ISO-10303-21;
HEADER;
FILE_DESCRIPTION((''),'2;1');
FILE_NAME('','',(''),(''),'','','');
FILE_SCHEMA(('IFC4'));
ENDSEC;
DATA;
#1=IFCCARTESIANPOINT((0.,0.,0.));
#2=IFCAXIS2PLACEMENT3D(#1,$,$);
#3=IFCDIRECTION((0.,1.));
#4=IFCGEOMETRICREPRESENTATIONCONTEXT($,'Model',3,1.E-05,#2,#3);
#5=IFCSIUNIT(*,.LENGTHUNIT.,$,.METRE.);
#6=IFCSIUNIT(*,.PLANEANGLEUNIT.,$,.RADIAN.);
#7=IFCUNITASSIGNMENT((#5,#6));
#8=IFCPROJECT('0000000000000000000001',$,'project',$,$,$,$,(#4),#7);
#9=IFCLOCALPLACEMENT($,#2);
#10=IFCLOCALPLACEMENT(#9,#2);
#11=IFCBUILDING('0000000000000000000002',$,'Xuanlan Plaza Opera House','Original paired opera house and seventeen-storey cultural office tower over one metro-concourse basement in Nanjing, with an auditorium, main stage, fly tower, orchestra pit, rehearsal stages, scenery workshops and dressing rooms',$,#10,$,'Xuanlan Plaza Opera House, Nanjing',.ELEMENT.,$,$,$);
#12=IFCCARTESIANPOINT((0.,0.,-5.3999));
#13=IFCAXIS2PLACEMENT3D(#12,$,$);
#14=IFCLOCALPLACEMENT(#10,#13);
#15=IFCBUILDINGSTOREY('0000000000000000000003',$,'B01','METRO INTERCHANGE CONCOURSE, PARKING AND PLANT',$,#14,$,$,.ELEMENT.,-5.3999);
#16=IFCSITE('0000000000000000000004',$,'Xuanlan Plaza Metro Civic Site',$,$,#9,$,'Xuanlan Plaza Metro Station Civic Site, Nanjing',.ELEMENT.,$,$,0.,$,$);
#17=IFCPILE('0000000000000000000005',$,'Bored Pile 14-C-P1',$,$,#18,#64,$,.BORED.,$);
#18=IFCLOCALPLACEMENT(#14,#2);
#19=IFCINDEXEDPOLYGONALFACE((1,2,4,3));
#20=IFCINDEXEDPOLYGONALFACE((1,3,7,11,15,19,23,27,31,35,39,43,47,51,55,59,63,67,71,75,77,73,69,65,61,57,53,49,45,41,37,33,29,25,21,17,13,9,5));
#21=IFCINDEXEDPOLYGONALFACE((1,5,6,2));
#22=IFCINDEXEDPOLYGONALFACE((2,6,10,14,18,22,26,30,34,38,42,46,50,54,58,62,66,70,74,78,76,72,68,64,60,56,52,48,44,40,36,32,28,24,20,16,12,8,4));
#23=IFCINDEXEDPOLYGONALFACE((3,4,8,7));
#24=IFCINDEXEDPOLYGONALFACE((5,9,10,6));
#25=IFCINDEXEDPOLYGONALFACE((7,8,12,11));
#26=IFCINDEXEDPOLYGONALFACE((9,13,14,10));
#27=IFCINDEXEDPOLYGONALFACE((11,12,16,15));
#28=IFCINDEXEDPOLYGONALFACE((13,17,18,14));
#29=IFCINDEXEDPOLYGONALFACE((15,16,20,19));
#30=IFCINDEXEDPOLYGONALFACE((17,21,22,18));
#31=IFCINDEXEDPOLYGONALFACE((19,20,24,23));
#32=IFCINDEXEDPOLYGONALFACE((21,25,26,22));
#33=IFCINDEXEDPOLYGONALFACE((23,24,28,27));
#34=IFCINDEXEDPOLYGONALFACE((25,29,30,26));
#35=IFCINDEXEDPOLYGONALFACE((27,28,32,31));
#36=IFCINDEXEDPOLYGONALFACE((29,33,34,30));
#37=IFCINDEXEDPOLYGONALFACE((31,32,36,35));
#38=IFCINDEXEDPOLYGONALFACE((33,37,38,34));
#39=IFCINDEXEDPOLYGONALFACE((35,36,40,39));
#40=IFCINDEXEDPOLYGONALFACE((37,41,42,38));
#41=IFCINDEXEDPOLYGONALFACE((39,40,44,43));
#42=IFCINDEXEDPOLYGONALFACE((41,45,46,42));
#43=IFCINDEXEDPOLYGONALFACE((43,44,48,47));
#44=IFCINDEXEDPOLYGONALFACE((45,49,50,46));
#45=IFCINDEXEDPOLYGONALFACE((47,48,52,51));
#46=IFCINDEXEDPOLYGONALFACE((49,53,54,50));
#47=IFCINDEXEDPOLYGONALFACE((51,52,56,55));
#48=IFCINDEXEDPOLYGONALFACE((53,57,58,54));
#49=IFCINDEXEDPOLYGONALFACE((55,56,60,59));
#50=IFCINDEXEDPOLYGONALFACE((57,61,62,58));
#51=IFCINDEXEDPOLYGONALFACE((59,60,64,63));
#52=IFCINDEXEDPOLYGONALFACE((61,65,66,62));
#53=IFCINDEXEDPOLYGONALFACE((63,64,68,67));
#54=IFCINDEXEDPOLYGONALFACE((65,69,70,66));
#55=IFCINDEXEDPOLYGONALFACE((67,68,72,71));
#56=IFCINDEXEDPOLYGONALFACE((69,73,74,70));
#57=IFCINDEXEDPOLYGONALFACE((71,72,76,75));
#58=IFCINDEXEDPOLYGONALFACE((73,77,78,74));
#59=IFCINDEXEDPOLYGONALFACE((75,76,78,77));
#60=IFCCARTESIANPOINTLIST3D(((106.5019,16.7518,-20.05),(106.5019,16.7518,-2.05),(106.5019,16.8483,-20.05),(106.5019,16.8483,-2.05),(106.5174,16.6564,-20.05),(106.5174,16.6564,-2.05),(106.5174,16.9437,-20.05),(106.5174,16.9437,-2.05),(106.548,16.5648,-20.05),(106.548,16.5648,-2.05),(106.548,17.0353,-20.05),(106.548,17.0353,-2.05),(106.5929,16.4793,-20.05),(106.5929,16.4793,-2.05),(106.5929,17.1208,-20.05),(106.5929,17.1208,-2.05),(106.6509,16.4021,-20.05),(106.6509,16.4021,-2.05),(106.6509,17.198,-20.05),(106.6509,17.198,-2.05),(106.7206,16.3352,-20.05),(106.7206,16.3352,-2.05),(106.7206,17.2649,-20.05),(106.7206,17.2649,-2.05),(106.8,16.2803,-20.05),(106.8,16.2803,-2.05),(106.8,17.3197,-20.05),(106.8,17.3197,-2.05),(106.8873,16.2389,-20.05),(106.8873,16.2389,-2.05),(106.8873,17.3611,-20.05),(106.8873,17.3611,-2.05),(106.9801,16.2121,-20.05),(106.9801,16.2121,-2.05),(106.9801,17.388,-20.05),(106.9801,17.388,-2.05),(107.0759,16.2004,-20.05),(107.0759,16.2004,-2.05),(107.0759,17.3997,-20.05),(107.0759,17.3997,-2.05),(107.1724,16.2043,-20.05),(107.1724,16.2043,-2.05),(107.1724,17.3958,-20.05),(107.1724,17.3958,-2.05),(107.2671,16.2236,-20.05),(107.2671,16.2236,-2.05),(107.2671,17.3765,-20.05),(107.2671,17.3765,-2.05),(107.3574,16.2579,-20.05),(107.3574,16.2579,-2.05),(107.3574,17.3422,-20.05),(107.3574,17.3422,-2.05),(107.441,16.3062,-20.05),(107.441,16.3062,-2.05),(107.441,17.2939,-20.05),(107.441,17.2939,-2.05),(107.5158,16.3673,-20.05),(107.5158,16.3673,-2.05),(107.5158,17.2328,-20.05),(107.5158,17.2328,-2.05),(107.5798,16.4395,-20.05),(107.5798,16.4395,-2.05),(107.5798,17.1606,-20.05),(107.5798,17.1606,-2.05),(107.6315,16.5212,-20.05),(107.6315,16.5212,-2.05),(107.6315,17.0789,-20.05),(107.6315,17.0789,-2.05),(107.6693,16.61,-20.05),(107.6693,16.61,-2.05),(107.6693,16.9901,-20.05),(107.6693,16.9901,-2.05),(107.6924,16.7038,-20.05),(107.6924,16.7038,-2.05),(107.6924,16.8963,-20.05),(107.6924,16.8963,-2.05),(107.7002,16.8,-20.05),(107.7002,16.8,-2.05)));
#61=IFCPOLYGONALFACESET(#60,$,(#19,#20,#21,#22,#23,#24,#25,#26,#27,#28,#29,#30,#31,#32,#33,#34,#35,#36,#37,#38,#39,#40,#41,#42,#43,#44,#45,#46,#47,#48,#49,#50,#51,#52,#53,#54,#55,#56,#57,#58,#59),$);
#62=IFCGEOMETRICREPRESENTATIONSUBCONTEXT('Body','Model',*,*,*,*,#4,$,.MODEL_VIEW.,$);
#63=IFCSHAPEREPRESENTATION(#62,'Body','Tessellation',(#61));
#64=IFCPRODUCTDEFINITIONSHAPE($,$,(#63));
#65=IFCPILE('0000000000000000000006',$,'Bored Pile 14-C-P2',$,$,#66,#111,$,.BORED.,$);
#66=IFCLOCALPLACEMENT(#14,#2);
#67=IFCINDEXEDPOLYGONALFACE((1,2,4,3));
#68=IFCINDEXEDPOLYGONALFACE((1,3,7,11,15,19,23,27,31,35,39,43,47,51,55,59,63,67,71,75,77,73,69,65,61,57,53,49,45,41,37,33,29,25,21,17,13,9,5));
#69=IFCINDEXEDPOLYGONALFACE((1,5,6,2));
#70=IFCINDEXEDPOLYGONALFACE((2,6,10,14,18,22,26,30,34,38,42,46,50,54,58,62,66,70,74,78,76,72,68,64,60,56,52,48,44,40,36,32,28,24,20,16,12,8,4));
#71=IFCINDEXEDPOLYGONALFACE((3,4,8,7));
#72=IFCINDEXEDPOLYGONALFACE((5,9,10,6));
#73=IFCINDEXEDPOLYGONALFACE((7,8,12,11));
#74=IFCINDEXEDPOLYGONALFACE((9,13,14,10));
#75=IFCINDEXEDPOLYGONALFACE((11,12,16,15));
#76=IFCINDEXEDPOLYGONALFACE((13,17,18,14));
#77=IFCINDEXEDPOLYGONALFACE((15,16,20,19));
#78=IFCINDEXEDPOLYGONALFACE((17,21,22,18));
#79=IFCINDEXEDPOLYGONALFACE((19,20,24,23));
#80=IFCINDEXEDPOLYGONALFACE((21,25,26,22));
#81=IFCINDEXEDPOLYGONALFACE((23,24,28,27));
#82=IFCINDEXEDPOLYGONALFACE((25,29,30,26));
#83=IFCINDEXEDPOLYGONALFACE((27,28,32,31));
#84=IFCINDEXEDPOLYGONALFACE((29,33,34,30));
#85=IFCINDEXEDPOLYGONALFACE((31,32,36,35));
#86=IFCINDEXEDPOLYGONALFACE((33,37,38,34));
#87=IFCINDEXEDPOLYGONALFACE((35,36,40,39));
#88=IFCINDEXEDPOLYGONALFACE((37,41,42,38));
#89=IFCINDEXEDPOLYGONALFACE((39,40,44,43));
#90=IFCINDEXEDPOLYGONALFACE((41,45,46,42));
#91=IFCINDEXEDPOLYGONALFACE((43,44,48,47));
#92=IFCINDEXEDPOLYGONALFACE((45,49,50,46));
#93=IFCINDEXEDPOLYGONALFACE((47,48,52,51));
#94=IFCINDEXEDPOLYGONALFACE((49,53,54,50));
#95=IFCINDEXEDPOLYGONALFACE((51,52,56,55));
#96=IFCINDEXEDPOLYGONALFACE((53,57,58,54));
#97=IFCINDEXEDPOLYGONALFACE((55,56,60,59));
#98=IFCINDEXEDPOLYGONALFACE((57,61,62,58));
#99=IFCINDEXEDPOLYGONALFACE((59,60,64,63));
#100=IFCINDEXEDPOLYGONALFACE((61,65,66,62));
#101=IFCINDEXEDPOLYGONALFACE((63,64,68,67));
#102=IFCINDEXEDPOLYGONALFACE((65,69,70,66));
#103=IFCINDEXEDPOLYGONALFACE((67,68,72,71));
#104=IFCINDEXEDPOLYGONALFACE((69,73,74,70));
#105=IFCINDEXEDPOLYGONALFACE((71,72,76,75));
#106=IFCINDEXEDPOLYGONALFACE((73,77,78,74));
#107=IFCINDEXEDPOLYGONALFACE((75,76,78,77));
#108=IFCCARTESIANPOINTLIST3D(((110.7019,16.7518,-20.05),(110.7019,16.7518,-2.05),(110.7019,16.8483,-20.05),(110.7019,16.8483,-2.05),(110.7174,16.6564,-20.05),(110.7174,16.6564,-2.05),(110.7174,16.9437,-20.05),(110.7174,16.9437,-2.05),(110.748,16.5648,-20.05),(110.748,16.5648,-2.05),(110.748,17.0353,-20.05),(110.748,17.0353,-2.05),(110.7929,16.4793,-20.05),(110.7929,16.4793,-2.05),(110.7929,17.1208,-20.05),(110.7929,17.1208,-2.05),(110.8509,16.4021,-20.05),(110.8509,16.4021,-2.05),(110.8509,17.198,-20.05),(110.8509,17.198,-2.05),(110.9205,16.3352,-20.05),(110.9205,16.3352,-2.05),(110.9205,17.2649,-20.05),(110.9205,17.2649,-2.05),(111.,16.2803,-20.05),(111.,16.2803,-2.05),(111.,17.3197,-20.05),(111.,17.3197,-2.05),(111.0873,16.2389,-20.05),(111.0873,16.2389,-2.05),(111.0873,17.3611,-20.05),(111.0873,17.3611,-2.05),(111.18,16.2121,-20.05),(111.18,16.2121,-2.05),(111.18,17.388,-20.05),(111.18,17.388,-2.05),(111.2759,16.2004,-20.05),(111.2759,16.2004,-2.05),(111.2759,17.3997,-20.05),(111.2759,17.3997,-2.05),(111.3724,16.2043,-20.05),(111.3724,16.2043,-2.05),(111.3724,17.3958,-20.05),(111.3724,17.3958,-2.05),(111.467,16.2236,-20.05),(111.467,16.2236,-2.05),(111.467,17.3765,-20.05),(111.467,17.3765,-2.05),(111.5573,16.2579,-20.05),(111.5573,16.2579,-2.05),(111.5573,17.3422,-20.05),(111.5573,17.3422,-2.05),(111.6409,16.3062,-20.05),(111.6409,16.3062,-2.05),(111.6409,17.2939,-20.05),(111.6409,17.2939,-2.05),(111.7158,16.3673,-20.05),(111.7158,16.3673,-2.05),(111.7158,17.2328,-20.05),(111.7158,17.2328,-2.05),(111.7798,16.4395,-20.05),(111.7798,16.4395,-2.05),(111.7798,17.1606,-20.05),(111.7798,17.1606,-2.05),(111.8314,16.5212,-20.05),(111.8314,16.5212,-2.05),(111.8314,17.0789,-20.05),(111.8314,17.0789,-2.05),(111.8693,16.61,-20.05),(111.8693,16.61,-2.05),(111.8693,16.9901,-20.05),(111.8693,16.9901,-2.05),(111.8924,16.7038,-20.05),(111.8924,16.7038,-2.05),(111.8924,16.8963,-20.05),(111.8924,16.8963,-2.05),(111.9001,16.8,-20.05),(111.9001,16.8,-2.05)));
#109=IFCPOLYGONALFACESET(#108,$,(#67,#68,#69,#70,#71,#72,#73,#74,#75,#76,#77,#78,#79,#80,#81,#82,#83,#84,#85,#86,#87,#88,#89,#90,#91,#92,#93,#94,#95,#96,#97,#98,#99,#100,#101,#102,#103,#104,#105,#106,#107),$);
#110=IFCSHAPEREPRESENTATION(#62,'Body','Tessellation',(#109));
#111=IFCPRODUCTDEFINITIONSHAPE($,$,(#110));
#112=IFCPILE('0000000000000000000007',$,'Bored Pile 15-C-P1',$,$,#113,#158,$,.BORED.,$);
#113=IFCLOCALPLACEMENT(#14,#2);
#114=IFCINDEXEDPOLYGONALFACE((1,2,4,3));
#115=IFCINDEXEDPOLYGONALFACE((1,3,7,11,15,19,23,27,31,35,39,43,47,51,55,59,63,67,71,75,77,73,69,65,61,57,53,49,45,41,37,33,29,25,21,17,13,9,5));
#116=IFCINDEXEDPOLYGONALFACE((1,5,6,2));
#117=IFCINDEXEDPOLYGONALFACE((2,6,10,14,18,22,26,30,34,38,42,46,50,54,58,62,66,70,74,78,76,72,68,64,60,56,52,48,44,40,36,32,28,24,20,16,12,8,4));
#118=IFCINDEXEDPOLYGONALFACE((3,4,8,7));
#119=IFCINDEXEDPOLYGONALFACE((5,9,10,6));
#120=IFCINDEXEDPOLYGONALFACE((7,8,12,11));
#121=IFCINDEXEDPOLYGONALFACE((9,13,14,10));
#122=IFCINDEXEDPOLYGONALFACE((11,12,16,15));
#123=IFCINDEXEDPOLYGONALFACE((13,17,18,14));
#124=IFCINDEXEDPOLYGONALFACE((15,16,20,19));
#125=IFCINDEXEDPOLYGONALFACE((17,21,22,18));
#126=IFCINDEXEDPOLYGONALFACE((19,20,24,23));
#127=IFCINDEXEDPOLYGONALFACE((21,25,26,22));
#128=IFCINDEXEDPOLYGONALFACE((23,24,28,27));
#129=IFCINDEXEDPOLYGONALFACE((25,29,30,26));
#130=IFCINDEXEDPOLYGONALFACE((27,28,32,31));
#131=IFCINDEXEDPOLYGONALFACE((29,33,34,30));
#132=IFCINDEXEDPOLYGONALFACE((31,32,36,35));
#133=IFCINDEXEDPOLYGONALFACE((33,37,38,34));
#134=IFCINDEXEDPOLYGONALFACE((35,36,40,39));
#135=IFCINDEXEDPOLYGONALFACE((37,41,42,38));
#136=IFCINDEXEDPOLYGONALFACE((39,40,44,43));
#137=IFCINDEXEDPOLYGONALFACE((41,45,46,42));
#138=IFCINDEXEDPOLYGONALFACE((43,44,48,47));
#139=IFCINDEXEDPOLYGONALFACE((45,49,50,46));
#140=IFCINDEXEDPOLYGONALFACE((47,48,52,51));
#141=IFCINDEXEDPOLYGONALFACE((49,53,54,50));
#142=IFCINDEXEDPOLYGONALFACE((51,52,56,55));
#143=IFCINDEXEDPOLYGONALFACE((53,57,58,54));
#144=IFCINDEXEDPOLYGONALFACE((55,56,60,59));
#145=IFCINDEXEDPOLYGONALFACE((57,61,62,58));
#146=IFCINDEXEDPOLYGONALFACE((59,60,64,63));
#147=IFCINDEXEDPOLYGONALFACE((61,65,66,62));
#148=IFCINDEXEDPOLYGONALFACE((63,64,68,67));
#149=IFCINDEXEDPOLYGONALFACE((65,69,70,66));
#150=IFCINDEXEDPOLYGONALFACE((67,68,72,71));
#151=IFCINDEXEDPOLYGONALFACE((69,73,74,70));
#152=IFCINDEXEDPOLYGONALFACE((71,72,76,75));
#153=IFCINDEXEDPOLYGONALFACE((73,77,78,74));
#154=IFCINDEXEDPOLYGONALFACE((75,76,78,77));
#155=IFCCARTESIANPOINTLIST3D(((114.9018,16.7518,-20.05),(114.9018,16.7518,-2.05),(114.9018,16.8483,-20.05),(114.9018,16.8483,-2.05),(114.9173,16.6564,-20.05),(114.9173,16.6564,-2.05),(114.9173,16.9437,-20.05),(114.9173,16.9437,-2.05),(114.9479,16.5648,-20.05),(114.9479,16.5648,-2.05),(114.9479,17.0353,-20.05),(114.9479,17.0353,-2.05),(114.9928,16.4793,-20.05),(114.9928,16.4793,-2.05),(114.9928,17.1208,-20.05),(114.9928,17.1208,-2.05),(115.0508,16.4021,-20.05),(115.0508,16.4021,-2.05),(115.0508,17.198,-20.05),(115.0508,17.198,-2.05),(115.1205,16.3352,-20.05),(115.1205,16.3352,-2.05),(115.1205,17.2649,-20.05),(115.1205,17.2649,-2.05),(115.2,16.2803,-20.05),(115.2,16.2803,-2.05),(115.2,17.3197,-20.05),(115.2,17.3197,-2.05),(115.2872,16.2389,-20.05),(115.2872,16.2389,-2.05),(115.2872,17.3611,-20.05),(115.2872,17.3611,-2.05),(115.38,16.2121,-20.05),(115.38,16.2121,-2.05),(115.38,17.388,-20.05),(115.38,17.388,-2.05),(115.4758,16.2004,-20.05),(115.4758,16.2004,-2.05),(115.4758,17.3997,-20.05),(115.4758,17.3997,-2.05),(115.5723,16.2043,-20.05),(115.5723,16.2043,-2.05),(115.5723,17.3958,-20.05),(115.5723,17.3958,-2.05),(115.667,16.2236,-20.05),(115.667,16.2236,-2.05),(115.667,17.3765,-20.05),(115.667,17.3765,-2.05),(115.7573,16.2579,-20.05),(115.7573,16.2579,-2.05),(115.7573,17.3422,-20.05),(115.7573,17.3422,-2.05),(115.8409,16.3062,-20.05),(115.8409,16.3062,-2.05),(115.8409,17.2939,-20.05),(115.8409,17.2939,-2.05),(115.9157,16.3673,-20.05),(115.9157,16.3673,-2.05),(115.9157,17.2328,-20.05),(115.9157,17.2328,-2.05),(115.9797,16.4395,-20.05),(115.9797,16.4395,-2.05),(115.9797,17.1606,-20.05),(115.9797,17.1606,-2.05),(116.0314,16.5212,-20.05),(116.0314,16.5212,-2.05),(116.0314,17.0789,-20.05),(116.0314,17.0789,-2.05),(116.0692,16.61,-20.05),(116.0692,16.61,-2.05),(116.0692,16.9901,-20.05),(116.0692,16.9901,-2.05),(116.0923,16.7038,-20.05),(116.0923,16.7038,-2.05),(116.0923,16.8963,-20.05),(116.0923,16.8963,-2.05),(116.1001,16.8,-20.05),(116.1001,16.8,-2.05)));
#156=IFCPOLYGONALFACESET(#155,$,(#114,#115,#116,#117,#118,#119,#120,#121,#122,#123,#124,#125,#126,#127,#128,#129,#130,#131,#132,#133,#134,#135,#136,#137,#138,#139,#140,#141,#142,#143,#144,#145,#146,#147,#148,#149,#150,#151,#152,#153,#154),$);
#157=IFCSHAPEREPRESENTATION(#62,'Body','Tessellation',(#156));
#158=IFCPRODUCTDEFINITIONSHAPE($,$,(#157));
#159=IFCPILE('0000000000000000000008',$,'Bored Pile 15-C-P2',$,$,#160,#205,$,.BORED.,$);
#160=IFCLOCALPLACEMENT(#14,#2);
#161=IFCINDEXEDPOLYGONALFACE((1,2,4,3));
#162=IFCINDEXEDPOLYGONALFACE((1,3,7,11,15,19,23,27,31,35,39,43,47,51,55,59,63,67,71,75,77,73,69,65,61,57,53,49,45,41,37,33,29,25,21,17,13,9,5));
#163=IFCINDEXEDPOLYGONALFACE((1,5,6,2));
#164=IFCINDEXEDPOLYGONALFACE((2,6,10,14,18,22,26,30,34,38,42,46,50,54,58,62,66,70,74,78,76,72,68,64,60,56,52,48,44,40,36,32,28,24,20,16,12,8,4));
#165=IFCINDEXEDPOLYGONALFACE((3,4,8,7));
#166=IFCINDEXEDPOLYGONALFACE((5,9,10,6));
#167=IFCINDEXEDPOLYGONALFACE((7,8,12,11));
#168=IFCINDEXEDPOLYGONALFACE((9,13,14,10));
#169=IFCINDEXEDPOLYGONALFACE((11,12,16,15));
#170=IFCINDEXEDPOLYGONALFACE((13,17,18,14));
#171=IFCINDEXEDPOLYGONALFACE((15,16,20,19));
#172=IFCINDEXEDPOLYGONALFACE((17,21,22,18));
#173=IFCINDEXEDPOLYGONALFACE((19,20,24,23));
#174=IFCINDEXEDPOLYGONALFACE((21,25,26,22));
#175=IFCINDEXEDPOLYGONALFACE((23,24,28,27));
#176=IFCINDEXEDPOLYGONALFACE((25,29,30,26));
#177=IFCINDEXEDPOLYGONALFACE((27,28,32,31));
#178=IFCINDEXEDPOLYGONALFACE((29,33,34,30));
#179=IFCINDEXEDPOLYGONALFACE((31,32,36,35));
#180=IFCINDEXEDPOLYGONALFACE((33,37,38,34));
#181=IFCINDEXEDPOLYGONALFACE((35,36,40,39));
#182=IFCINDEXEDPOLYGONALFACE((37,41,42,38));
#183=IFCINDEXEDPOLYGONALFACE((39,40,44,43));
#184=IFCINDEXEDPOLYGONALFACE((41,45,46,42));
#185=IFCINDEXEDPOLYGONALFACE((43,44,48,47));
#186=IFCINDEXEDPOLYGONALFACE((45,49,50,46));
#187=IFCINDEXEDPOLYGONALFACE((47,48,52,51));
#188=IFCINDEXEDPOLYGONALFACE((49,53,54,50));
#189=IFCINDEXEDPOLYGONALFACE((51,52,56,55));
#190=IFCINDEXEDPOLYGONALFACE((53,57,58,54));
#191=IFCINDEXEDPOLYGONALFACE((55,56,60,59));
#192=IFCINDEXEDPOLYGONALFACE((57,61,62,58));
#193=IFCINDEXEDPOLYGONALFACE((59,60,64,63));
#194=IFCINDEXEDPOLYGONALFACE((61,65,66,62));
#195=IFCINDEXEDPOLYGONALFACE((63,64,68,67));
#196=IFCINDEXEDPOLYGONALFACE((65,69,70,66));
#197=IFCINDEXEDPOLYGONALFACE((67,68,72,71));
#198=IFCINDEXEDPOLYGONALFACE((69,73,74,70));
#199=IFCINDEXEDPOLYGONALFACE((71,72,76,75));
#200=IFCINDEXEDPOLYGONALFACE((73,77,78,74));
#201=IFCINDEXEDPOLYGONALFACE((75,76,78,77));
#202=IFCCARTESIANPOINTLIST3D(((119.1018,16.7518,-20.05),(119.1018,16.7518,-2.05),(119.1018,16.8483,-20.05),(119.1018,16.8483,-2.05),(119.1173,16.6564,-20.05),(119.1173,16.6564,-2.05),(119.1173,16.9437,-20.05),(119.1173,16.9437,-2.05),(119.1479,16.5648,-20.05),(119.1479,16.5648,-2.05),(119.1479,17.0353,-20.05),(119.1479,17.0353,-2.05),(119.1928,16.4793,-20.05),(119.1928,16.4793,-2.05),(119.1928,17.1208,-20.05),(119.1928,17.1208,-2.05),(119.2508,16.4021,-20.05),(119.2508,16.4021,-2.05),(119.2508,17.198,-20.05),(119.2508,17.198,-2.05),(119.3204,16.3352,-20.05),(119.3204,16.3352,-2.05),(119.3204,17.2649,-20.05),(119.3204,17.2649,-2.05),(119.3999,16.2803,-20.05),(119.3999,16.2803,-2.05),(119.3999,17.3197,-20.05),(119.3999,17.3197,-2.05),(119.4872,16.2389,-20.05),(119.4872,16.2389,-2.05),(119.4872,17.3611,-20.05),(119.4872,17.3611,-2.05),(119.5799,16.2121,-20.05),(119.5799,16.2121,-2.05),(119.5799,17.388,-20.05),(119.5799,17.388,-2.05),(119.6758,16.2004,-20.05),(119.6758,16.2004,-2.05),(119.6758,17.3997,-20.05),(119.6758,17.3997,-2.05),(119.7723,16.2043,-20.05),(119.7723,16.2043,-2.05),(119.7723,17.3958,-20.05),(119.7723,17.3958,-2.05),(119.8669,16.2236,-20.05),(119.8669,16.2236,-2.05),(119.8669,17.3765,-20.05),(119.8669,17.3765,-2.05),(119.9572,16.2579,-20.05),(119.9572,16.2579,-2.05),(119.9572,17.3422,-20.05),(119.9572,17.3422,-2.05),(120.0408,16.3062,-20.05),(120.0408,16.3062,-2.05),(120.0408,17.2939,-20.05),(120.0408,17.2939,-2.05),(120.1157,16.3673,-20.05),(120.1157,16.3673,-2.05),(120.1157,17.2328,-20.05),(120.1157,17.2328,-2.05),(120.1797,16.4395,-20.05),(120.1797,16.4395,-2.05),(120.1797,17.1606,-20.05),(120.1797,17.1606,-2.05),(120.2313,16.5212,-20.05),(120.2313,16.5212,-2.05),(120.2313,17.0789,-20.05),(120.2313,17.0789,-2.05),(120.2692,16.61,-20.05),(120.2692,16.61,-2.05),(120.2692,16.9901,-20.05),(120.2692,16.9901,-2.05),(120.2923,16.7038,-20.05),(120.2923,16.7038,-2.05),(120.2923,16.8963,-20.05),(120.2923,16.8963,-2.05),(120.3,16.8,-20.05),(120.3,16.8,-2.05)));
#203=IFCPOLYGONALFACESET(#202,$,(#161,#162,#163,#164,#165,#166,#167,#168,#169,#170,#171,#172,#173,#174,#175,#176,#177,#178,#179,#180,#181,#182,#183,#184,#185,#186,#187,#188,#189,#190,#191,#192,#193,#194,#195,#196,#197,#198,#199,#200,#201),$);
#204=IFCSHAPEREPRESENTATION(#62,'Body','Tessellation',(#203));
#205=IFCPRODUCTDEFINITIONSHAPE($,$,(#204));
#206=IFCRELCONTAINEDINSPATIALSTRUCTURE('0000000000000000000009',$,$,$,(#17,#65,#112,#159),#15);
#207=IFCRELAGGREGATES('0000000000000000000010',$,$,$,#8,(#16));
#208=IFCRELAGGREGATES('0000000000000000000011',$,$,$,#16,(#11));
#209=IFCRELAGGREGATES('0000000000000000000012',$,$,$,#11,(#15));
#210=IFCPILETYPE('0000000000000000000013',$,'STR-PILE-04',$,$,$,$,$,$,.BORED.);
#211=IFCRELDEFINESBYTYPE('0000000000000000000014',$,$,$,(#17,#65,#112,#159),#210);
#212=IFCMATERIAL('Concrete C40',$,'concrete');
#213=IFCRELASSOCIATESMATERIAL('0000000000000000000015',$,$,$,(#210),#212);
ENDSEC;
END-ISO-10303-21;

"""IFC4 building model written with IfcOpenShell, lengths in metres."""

from ifc_helpers import new_model, si_unit, direction, frame, origin, origin_2d, place, context, subcontext, project, spatial, circle, extrude, material, material_profile, profile_set, type_object, element, save


model = new_model("IFC4")

# Units and contexts
model_context = context("Model", 3, precision=1e-05, world=origin(), true_north=direction((0.0, 1.0)))
body_context = subcontext(model_context, "Body", "Model", "MODEL_VIEW")
ifc_project = project(units=[si_unit("LENGTHUNIT", "METRE"), si_unit("PLANEANGLEUNIT", "RADIAN")], contexts=[model_context])

# Site, building, storey
site_placement = place(None, origin())
site = spatial("IfcSite", under=ifc_project, at=site_placement, Name="Xuanlan Plaza Metro Civic Site", LongName="Xuanlan Plaza Metro Station Civic Site, Nanjing", CompositionType="ELEMENT", RefElevation=0.0)
building_placement = place(site_placement, origin())
building = spatial("IfcBuilding", under=site, at=building_placement, Name="Xuanlan Plaza Opera House", Description="Original paired opera house and seventeen-storey cultural office tower over one metro-concourse basement in Nanjing, with an auditorium, main stage, fly tower, orchestra pit, rehearsal stages, scenery workshops and dressing rooms", LongName="Xuanlan Plaza Opera House, Nanjing", CompositionType="ELEMENT")
storey_placement = place(building_placement, frame((0.0, 0.0, -5.3999)))
storey = spatial("IfcBuildingStorey", under=building, at=storey_placement, Name="B01", Description="METRO INTERCHANGE CONCOURSE, PARKING AND PLANT", CompositionType="ELEMENT", Elevation=-5.3999)

# Shared definitions
ifc_material_1 = material(Name="Concrete C40", Category="concrete")

# Piles
ifc_material_profile_1 = material_profile(ifc_material_1, circle(Radius=0.6001, at=origin_2d()), Name="PILE D1200")
ifc_profile_set_1 = profile_set([ifc_material_profile_1], Name="Concrete C40")
pile_type_1 = type_object("IfcPileType", Name="STR-PILE-04", PredefinedType="BORED", material=ifc_profile_set_1)
for number, where, z_axis, x_axis, name in (
    (1, (107.1001, 16.8, -2.05), (0.0, 0.0, -1.0), (1.0, 0.0, 0.0), "Bored Pile 14-C-P1"),
    (2, (111.3, 16.8, -2.05), (0.0, 0.0, -1.0), (1.0, 0.0, 0.0), "Bored Pile 14-C-P2"),
    (3, (115.5, 16.8, -2.05), (0.0, 0.0, -1.0), (1.0, 0.0, 0.0), "Bored Pile 15-C-P1"),
    (4, (119.7, 16.8, -2.05), (0.0, 0.0, -1.0), (1.0, 0.0, 0.0), "Bored Pile 15-C-P2"),
):
    element("IfcPile", number, at=place(storey_placement, frame(where, z_axis=z_axis, x_axis=x_axis)), inside=storey, type_object=pile_type_1, Name=name, PredefinedType="BORED", context=body_context, shape_type="SweptSolid", body=[
        extrude(circle(Radius=0.6001, at=origin_2d()), origin(), (0.0, 0.0, 1.0), 18.0),
    ])

save(model, "model.ifc")
